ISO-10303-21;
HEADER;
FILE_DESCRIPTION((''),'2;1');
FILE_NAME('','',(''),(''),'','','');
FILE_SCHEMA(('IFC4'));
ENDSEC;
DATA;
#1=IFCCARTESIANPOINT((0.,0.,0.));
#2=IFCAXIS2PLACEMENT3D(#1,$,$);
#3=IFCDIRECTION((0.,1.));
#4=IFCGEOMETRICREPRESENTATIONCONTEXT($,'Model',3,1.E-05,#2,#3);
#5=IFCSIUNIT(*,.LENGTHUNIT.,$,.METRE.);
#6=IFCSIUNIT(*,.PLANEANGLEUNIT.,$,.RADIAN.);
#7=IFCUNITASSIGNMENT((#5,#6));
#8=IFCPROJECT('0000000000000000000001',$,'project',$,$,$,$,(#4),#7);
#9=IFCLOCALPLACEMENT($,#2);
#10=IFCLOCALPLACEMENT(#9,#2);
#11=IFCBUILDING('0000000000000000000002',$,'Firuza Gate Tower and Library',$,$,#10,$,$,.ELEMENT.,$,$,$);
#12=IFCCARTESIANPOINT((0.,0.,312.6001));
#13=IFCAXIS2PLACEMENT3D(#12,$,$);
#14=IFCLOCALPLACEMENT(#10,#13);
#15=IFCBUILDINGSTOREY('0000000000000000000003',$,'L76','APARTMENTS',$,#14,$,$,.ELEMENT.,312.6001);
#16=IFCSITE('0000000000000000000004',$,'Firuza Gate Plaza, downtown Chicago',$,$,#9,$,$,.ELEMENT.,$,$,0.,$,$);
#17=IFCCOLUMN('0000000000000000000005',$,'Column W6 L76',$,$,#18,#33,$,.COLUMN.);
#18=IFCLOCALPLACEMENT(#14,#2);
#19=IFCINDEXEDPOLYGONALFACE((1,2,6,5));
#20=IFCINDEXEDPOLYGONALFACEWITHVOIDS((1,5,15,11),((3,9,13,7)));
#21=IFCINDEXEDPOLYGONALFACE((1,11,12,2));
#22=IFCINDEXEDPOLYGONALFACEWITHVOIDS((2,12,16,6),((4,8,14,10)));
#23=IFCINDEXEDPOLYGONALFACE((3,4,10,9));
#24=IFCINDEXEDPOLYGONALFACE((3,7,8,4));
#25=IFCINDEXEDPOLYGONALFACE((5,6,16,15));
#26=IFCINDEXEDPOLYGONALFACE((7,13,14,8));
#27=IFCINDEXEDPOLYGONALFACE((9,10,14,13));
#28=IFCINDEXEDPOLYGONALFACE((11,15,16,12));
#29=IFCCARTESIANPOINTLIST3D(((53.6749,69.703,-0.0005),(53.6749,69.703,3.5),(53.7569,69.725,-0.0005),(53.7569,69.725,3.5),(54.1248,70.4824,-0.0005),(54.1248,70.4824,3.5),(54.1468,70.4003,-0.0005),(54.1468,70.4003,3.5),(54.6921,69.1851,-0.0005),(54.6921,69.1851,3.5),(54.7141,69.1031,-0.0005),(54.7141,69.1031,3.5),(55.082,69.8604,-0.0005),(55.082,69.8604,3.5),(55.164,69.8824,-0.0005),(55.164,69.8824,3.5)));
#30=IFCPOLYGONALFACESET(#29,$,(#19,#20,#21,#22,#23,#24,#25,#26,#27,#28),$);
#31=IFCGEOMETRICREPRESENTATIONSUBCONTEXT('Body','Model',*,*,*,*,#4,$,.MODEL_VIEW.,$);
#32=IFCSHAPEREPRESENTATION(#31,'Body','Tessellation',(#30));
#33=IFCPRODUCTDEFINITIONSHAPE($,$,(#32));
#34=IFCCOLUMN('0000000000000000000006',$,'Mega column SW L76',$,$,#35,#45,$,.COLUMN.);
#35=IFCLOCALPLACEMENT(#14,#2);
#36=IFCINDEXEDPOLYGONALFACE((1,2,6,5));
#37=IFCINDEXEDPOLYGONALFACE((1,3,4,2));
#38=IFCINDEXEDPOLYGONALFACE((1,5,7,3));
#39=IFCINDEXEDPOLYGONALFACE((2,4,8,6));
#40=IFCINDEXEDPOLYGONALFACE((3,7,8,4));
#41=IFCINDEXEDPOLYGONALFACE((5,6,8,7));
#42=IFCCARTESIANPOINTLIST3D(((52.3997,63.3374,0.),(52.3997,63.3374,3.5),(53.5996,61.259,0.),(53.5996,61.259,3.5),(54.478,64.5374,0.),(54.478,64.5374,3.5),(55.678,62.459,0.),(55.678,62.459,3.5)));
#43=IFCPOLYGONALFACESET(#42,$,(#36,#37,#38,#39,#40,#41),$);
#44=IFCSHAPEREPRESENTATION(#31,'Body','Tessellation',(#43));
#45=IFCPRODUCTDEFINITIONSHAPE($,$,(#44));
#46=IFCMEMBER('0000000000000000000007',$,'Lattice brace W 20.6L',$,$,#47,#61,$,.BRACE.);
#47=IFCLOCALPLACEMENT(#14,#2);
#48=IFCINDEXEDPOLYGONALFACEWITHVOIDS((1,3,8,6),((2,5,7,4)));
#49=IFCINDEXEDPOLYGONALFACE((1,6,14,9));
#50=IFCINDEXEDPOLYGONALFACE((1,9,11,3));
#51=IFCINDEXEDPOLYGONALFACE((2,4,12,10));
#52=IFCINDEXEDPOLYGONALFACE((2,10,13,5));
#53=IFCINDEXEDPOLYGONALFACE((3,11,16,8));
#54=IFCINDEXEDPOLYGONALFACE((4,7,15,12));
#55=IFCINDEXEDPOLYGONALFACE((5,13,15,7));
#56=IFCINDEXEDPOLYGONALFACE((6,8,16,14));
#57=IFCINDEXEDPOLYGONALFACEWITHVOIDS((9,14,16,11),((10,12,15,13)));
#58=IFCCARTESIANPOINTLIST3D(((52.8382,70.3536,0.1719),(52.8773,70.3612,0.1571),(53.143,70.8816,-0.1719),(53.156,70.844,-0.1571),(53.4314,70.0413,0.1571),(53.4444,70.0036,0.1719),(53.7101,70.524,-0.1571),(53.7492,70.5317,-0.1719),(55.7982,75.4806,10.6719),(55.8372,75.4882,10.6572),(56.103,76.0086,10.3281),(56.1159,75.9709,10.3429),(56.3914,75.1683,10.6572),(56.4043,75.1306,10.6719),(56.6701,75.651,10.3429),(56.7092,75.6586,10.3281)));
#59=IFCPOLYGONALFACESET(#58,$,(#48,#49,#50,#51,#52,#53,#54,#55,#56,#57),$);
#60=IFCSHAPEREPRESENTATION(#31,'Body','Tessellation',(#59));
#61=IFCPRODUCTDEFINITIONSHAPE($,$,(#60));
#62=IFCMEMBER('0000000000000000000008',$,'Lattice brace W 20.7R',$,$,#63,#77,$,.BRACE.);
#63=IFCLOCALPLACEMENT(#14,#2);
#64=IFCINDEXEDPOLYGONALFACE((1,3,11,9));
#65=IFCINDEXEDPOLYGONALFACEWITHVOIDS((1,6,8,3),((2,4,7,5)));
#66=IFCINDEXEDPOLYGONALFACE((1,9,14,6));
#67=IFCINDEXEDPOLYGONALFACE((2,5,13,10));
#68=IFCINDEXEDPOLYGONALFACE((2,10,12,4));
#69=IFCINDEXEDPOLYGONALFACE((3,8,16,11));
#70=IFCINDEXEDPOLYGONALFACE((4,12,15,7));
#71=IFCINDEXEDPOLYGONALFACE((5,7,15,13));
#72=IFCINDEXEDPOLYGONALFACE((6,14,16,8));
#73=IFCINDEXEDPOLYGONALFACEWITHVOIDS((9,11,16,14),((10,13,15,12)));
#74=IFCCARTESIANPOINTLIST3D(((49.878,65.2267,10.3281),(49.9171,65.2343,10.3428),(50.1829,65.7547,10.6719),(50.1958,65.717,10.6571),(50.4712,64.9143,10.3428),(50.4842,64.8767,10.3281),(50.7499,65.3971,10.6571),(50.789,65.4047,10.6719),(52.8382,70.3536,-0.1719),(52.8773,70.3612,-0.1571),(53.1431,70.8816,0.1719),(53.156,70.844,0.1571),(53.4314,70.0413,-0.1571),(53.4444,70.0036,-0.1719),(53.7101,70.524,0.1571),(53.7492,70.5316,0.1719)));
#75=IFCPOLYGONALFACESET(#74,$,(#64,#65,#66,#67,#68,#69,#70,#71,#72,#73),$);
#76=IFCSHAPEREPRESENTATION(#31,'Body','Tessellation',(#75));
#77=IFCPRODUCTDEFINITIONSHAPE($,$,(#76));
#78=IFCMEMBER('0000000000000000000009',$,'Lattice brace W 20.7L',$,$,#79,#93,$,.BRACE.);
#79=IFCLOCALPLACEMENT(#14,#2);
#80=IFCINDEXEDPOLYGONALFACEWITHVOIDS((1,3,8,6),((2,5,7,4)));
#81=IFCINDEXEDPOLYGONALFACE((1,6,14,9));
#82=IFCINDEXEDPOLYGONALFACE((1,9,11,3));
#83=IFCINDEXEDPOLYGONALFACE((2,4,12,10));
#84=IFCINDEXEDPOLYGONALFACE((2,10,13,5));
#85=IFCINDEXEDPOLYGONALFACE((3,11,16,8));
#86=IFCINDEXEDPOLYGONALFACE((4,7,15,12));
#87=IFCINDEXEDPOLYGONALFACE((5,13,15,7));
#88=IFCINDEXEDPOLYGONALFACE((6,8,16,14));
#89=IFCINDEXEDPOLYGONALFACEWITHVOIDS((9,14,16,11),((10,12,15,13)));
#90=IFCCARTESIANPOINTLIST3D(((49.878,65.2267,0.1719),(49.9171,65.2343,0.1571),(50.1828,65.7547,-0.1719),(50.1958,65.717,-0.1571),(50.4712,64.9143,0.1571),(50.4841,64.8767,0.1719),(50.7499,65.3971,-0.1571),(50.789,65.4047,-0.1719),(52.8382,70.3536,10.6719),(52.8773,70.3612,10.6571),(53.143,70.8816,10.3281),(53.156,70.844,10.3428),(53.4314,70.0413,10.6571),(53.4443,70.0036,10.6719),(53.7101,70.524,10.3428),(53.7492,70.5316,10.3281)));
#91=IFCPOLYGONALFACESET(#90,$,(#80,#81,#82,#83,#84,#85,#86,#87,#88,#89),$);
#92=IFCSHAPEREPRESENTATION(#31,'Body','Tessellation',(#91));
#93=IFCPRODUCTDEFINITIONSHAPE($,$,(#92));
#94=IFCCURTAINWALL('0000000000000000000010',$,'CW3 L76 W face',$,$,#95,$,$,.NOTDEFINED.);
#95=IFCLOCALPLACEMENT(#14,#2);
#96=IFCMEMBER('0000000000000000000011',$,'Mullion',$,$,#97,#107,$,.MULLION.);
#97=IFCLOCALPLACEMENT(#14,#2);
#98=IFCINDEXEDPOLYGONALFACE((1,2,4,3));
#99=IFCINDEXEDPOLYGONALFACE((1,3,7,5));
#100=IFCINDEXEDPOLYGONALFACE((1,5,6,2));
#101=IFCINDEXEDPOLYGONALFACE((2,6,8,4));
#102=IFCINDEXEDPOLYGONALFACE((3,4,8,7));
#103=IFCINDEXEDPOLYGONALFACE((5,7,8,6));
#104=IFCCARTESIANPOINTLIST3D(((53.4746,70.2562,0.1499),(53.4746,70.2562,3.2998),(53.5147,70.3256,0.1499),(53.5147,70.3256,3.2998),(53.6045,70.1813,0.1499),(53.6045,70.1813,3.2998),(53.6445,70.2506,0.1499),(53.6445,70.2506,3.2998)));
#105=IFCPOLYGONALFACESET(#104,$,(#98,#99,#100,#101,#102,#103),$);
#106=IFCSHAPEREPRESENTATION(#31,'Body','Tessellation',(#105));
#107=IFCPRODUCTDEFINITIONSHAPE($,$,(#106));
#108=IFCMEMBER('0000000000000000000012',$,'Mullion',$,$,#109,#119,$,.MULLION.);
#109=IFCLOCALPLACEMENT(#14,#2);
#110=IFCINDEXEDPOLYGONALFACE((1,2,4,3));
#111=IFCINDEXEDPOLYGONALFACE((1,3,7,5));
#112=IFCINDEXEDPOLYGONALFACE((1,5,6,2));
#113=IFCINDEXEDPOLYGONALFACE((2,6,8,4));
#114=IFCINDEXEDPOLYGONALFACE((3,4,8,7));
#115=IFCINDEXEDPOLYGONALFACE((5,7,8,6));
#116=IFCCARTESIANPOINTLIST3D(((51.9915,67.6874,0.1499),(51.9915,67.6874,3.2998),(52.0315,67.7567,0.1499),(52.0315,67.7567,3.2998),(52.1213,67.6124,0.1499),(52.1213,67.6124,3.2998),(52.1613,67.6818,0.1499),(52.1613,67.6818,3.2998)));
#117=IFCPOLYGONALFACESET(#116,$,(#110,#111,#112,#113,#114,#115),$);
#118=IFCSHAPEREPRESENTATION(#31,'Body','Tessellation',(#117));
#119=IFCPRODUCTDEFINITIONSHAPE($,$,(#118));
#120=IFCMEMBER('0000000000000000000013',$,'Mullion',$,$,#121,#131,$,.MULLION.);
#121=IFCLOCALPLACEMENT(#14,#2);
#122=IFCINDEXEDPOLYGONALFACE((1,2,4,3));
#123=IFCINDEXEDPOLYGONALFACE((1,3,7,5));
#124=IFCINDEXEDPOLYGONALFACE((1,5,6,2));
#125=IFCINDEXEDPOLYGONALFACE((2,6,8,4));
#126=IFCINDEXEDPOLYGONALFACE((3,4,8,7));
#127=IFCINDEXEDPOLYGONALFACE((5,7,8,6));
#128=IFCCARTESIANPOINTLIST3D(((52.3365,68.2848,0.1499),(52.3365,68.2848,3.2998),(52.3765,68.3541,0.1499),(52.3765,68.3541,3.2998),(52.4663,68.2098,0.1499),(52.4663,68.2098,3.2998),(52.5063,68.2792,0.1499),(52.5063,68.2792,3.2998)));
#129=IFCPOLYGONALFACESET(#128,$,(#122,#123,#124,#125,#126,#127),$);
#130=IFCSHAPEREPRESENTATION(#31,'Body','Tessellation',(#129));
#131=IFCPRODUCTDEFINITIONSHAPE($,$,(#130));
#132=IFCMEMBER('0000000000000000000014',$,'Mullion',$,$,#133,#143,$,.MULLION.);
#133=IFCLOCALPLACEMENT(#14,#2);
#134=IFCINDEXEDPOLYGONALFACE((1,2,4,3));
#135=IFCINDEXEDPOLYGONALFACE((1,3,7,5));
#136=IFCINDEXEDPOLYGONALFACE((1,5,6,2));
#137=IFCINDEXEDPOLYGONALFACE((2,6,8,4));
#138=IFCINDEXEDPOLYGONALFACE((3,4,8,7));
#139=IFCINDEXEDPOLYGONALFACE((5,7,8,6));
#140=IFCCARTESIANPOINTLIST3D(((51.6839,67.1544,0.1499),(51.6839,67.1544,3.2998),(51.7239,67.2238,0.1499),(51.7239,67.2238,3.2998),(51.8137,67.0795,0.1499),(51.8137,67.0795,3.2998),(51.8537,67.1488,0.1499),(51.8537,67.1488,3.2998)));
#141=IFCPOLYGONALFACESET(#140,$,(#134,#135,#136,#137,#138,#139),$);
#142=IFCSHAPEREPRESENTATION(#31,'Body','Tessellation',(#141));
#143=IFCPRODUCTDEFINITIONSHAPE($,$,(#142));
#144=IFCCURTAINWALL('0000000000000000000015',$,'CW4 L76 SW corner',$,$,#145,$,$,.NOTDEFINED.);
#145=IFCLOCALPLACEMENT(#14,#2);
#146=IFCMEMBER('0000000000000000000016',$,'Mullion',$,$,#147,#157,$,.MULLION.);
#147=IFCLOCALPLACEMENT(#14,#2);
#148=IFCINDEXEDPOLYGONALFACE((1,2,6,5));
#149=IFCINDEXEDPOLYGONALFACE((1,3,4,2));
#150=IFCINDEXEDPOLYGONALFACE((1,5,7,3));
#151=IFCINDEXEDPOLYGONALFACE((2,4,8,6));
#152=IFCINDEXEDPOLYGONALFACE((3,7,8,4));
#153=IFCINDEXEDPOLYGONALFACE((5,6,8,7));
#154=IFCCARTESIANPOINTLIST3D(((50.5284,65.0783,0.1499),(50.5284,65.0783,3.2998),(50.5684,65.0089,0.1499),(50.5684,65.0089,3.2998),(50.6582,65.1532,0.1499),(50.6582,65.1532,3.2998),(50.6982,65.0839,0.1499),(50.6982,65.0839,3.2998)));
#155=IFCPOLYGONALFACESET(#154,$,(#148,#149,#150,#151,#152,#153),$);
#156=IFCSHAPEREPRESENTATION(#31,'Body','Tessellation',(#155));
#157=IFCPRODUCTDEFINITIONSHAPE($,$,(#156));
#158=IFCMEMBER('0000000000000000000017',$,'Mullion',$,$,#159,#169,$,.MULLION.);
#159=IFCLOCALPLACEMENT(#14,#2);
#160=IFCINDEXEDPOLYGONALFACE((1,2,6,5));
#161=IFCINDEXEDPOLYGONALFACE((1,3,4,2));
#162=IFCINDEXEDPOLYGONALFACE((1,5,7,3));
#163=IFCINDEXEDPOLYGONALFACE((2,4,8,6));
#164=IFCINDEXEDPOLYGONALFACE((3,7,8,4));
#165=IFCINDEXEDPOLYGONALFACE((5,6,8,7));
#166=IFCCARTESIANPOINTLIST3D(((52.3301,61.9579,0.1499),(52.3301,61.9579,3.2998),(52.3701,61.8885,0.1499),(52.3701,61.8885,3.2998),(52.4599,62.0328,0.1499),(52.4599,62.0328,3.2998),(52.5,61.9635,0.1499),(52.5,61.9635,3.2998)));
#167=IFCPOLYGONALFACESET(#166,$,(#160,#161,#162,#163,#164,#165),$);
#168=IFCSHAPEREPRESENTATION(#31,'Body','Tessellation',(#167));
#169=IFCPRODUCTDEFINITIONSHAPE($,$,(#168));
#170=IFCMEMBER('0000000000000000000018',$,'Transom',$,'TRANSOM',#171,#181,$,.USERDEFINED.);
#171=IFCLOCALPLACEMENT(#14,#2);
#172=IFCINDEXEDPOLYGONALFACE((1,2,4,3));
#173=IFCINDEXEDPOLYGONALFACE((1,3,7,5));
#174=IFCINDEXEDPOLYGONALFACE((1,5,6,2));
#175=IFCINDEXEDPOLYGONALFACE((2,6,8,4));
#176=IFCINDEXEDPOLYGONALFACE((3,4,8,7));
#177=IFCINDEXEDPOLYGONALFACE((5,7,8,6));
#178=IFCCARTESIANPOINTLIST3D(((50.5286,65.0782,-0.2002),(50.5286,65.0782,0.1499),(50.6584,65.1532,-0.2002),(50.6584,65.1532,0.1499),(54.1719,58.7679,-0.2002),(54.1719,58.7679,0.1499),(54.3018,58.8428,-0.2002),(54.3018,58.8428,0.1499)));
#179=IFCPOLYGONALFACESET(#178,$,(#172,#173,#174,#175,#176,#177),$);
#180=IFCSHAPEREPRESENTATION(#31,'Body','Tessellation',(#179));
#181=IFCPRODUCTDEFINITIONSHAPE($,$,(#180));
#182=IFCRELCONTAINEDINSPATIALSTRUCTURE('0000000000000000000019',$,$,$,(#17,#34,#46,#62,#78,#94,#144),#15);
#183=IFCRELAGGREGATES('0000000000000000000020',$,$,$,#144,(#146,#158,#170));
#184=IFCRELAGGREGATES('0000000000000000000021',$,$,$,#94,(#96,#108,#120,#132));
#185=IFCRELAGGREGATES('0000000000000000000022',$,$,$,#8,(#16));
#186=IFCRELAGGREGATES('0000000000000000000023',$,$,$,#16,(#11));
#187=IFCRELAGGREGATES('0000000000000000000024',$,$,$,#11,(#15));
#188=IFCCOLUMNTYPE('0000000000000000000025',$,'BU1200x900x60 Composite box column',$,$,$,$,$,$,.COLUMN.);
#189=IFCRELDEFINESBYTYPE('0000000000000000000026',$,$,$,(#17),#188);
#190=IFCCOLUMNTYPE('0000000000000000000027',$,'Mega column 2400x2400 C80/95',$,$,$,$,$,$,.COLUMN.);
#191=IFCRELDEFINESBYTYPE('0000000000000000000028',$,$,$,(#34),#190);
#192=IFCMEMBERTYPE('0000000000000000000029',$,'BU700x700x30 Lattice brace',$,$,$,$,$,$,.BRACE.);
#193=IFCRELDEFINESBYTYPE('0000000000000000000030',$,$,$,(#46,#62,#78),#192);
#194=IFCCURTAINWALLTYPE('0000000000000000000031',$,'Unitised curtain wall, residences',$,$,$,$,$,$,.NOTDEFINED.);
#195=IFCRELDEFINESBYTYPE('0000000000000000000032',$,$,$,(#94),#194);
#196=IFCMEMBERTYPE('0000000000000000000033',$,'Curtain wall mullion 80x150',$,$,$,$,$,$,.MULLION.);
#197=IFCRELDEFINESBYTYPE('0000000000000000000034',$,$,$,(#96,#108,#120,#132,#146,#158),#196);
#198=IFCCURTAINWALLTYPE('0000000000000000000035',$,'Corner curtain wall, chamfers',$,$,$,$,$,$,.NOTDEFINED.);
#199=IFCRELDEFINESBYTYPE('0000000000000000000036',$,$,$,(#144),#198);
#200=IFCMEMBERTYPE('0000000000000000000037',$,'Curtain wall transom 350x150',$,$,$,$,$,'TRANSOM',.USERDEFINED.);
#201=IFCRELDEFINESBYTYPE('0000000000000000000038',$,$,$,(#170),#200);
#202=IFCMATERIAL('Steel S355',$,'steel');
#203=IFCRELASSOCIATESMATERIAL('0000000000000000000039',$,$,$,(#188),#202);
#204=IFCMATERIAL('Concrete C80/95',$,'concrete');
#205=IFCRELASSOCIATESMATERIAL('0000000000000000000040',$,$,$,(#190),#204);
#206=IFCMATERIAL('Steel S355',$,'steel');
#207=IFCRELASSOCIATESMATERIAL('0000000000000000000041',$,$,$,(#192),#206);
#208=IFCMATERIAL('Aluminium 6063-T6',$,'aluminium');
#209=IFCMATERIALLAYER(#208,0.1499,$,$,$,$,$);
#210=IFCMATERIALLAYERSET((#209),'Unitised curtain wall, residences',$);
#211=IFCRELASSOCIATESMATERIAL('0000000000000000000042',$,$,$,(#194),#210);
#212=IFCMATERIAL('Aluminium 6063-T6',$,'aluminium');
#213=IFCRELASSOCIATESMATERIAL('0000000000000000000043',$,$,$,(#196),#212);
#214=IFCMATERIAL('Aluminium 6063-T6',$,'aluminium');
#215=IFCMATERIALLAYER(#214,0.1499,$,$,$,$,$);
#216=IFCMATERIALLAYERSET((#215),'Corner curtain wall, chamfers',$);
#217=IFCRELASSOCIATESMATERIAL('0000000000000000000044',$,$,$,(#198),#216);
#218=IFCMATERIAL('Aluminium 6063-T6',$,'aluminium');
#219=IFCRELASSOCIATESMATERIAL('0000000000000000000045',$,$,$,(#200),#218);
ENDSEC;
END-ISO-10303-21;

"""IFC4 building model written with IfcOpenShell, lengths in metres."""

from ifc_helpers import new_model, si_unit, direction, frame, origin, origin_2d, place, context, subcontext, project, spatial, rectangle, hollow_rectangle, extrude, material, layer, layer_set, material_profile, profile_set, type_object, element, aggregate, save


model = new_model("IFC4")

# Units and contexts
model_context = context("Model", 3, precision=1e-05, world=origin(), true_north=direction((0.0, 1.0)))
body_context = subcontext(model_context, "Body", "Model", "MODEL_VIEW")
ifc_project = project(units=[si_unit("LENGTHUNIT", "METRE"), si_unit("PLANEANGLEUNIT", "RADIAN")], contexts=[model_context])

# Site, building, storey
site_placement = place(None, origin())
site = spatial("IfcSite", under=ifc_project, at=site_placement, Name="Firuza Gate Plaza, downtown Chicago", CompositionType="ELEMENT", RefElevation=0.0)
building_placement = place(site_placement, origin())
building = spatial("IfcBuilding", under=site, at=building_placement, Name="Firuza Gate Tower and Library", CompositionType="ELEMENT")
storey_placement = place(building_placement, frame((0.0, 0.0, 312.6001)))
storey = spatial("IfcBuildingStorey", under=building, at=storey_placement, Name="L76", Description="APARTMENTS", CompositionType="ELEMENT", Elevation=312.6001)

# Columns
ifc_material_1 = material(Name="Steel S355", Category="steel")
ifc_material_profile_1 = material_profile(ifc_material_1, hollow_rectangle(XDim=0.8999, YDim=1.2, WallThickness=0.0601, at=origin_2d()))
ifc_profile_set_1 = profile_set([ifc_material_profile_1], Name="Steel S355")
column_type_1 = type_object("IfcColumnType", Name="BU1200x900x60 Composite box column", PredefinedType="COLUMN", material=ifc_profile_set_1)
column_1_placement = place(storey_placement, frame((54.4194, 69.7927, -0.0005), z_axis=(0.0, 0.0, 1.0), x_axis=(-0.5, -0.866025, 0.0)))
element("IfcColumn", 1, at=column_1_placement, inside=storey, type_object=column_type_1, Name="Column W6 L76", PredefinedType="COLUMN", context=body_context, shape_type="SweptSolid", body=[
    extrude(hollow_rectangle(XDim=0.8999, YDim=1.2, WallThickness=0.0601, at=origin_2d()), origin(), (0.0, 0.0, 1.0), 3.5005),
])
ifc_material_2 = material(Name="Concrete C80/95", Category="concrete")
ifc_material_profile_2 = material_profile(ifc_material_2, rectangle(XDim=2.3999, YDim=2.3999, at=origin_2d()))
ifc_profile_set_2 = profile_set([ifc_material_profile_2], Name="Concrete C80/95")
column_type_2 = type_object("IfcColumnType", Name="Mega column 2400x2400 C80/95", PredefinedType="COLUMN", material=ifc_profile_set_2)
column_2_placement = place(storey_placement, frame((54.0388, 62.8982, 0.0), z_axis=(0.0, 0.0, 1.0), x_axis=(0.5, -0.866025, 0.0)))
element("IfcColumn", 2, at=column_2_placement, inside=storey, type_object=column_type_2, Name="Mega column SW L76", PredefinedType="COLUMN", context=body_context, shape_type="SweptSolid", body=[
    extrude(rectangle(XDim=2.3999, YDim=2.3999, at=origin_2d()), origin(), (0.0, 0.0, 1.0), 3.5),
])

# Members
ifc_material_3 = material(Name="Steel S355", Category="steel")
ifc_material_profile_3 = material_profile(ifc_material_3, hollow_rectangle(XDim=0.7, YDim=0.7, WallThickness=0.03, at=origin_2d()))
ifc_profile_set_3 = profile_set([ifc_material_profile_3], Name="Steel S355")
member_type_1 = type_object("IfcMemberType", Name="BU700x700x30 Lattice brace", PredefinedType="BRACE", material=ifc_profile_set_3)
for number, where, z_axis, x_axis, name in (
    (3, (53.2937, 70.4426, 0.0), (0.24556, 0.425335, 0.871086), (-0.866032, 0.499989, 0.0), "Lattice brace W 20.6L"),
    (4, (53.2937, 70.4426, 0.0), (-0.245579, -0.425333, 0.871081), (0.866014, -0.50002, 0.0), "Lattice brace W 20.7R"),
    (5, (50.3335, 65.3157, 0.0), (0.245579, 0.425333, 0.871081), (-0.866014, 0.50002, 0.0), "Lattice brace W 20.7L"),
):
    element("IfcMember", number, at=place(storey_placement, frame(where, z_axis=z_axis, x_axis=x_axis)), inside=storey, type_object=member_type_1, Name=name, PredefinedType="BRACE", context=body_context, shape_type="SweptSolid", body=[
        extrude(hollow_rectangle(XDim=0.7, YDim=0.7, WallThickness=0.03, at=origin_2d()), origin(), (0.0, 0.0, 1.0), 12.054),
    ])

# Curtain walls, members
ifc_material_4 = material(Name="Aluminium 6063-T6", Category="aluminium")
ifc_layer_1 = layer(ifc_material_4, 0.1499)
ifc_layer_set_1 = layer_set([ifc_layer_1], Name="Unitised curtain wall, residences")
curtain_wall_type_1 = type_object("IfcCurtainWallType", Name="Unitised curtain wall, residences", PredefinedType="NOTDEFINED", material=ifc_layer_set_1)
placement = place(storey_placement, origin())
curtain_wall_1 = element("IfcCurtainWall", 6, at=placement, inside=storey, type_object=curtain_wall_type_1, Name="CW3 L76 W face", PredefinedType="NOTDEFINED")
ifc_material_5 = material(Name="Aluminium 6063-T6", Category="aluminium")
ifc_material_profile_4 = material_profile(ifc_material_5, rectangle(XDim=0.1499, YDim=0.0801, at=origin_2d()))
ifc_profile_set_4 = profile_set([ifc_material_profile_4], Name="Aluminium 6063-T6")
member_type_2 = type_object("IfcMemberType", Name="Curtain wall mullion 80x150", PredefinedType="MULLION", material=ifc_profile_set_4)
member_1_placement = place(storey_placement, frame((53.5596, 70.2534, 0.1499), z_axis=(0.0, 0.0, 1.0), x_axis=(0.866025, -0.5, 0.0)))
member_1 = element("IfcMember", 7, at=member_1_placement, type_object=member_type_2, Name="Mullion", PredefinedType="MULLION", context=body_context, shape_type="SweptSolid", body=[
    extrude(rectangle(XDim=0.1499, YDim=0.0801, at=origin_2d()), origin(), (0.0, 0.0, 1.0), 3.1499),
])
member_2_placement = place(storey_placement, frame((52.0764, 67.6846, 0.1499), z_axis=(0.0, 0.0, 1.0), x_axis=(0.866025, -0.5, 0.0)))
member_2 = element("IfcMember", 8, at=member_2_placement, type_object=member_type_2, Name="Mullion", PredefinedType="MULLION", context=body_context, shape_type="SweptSolid", body=[
    extrude(rectangle(XDim=0.1499, YDim=0.0801, at=origin_2d()), origin(), (0.0, 0.0, 1.0), 3.1499),
])
member_3_placement = place(storey_placement, frame((52.4214, 68.282, 0.1499), z_axis=(0.0, 0.0, 1.0), x_axis=(0.866025, -0.5, 0.0)))
member_3 = element("IfcMember", 9, at=member_3_placement, type_object=member_type_2, Name="Mullion", PredefinedType="MULLION", context=body_context, shape_type="SweptSolid", body=[
    extrude(rectangle(XDim=0.1499, YDim=0.0801, at=origin_2d()), origin(), (0.0, 0.0, 1.0), 3.1499),
])
member_4_placement = place(storey_placement, frame((51.7688, 67.1516, 0.1499), z_axis=(0.0, 0.0, 1.0), x_axis=(0.866025, -0.5, 0.0)))
member_4 = element("IfcMember", 10, at=member_4_placement, type_object=member_type_2, Name="Mullion", PredefinedType="MULLION", context=body_context, shape_type="SweptSolid", body=[
    extrude(rectangle(XDim=0.1499, YDim=0.0801, at=origin_2d()), origin(), (0.0, 0.0, 1.0), 3.1499),
])
ifc_material_6 = material(Name="Aluminium 6063-T6", Category="aluminium")
ifc_layer_2 = layer(ifc_material_6, 0.1499)
ifc_layer_set_2 = layer_set([ifc_layer_2], Name="Corner curtain wall, chamfers")
curtain_wall_type_2 = type_object("IfcCurtainWallType", Name="Corner curtain wall, chamfers", PredefinedType="NOTDEFINED", material=ifc_layer_set_2)
curtain_wall_2 = element("IfcCurtainWall", 11, at=placement, inside=storey, type_object=curtain_wall_type_2, Name="CW4 L76 SW corner", PredefinedType="NOTDEFINED")
member_5_placement = place(storey_placement, frame((50.6133, 65.0811, 0.1499), z_axis=(0.0, 0.0, 1.0), x_axis=(0.866025, 0.5, 0.0)))
member_5 = element("IfcMember", 12, at=member_5_placement, type_object=member_type_2, Name="Mullion", PredefinedType="MULLION", context=body_context, shape_type="SweptSolid", body=[
    extrude(rectangle(XDim=0.1499, YDim=0.0801, at=origin_2d()), origin(), (0.0, 0.0, 1.0), 3.1499),
])
member_6_placement = place(storey_placement, frame((52.415, 61.9607, 0.1499), z_axis=(0.0, 0.0, 1.0), x_axis=(0.866025, 0.5, 0.0)))
member_6 = element("IfcMember", 13, at=member_6_placement, type_object=member_type_2, Name="Mullion", PredefinedType="MULLION", context=body_context, shape_type="SweptSolid", body=[
    extrude(rectangle(XDim=0.1499, YDim=0.0801, at=origin_2d()), origin(), (0.0, 0.0, 1.0), 3.1499),
])
ifc_material_7 = material(Name="Aluminium 6063-T6", Category="aluminium")
ifc_material_profile_5 = material_profile(ifc_material_7, rectangle(XDim=0.1499, YDim=0.3501, at=origin_2d()))
ifc_profile_set_5 = profile_set([ifc_material_profile_5], Name="Aluminium 6063-T6")
member_type_3 = type_object("IfcMemberType", Name="Curtain wall transom 350x150", ElementType="TRANSOM", PredefinedType="USERDEFINED", material=ifc_profile_set_5)
member_7_placement = place(storey_placement, frame((50.5935, 65.1157, -0.0251), z_axis=(0.500006, -0.866022, 0.0), x_axis=(0.866022, 0.500006, 0.0)))
member_7 = element("IfcMember", 14, at=member_7_placement, type_object=member_type_3, Name="Transom", ObjectType="TRANSOM", PredefinedType="USERDEFINED", context=body_context, shape_type="SweptSolid", body=[
    extrude(rectangle(XDim=0.1499, YDim=0.3501, at=origin_2d()), origin(), (0.0, 0.0, 1.0), 7.2866),
])

aggregate(curtain_wall_2, [member_5, member_6, member_7])
aggregate(curtain_wall_1, [member_1, member_2, member_3, member_4])

save(model, "model.ifc")
